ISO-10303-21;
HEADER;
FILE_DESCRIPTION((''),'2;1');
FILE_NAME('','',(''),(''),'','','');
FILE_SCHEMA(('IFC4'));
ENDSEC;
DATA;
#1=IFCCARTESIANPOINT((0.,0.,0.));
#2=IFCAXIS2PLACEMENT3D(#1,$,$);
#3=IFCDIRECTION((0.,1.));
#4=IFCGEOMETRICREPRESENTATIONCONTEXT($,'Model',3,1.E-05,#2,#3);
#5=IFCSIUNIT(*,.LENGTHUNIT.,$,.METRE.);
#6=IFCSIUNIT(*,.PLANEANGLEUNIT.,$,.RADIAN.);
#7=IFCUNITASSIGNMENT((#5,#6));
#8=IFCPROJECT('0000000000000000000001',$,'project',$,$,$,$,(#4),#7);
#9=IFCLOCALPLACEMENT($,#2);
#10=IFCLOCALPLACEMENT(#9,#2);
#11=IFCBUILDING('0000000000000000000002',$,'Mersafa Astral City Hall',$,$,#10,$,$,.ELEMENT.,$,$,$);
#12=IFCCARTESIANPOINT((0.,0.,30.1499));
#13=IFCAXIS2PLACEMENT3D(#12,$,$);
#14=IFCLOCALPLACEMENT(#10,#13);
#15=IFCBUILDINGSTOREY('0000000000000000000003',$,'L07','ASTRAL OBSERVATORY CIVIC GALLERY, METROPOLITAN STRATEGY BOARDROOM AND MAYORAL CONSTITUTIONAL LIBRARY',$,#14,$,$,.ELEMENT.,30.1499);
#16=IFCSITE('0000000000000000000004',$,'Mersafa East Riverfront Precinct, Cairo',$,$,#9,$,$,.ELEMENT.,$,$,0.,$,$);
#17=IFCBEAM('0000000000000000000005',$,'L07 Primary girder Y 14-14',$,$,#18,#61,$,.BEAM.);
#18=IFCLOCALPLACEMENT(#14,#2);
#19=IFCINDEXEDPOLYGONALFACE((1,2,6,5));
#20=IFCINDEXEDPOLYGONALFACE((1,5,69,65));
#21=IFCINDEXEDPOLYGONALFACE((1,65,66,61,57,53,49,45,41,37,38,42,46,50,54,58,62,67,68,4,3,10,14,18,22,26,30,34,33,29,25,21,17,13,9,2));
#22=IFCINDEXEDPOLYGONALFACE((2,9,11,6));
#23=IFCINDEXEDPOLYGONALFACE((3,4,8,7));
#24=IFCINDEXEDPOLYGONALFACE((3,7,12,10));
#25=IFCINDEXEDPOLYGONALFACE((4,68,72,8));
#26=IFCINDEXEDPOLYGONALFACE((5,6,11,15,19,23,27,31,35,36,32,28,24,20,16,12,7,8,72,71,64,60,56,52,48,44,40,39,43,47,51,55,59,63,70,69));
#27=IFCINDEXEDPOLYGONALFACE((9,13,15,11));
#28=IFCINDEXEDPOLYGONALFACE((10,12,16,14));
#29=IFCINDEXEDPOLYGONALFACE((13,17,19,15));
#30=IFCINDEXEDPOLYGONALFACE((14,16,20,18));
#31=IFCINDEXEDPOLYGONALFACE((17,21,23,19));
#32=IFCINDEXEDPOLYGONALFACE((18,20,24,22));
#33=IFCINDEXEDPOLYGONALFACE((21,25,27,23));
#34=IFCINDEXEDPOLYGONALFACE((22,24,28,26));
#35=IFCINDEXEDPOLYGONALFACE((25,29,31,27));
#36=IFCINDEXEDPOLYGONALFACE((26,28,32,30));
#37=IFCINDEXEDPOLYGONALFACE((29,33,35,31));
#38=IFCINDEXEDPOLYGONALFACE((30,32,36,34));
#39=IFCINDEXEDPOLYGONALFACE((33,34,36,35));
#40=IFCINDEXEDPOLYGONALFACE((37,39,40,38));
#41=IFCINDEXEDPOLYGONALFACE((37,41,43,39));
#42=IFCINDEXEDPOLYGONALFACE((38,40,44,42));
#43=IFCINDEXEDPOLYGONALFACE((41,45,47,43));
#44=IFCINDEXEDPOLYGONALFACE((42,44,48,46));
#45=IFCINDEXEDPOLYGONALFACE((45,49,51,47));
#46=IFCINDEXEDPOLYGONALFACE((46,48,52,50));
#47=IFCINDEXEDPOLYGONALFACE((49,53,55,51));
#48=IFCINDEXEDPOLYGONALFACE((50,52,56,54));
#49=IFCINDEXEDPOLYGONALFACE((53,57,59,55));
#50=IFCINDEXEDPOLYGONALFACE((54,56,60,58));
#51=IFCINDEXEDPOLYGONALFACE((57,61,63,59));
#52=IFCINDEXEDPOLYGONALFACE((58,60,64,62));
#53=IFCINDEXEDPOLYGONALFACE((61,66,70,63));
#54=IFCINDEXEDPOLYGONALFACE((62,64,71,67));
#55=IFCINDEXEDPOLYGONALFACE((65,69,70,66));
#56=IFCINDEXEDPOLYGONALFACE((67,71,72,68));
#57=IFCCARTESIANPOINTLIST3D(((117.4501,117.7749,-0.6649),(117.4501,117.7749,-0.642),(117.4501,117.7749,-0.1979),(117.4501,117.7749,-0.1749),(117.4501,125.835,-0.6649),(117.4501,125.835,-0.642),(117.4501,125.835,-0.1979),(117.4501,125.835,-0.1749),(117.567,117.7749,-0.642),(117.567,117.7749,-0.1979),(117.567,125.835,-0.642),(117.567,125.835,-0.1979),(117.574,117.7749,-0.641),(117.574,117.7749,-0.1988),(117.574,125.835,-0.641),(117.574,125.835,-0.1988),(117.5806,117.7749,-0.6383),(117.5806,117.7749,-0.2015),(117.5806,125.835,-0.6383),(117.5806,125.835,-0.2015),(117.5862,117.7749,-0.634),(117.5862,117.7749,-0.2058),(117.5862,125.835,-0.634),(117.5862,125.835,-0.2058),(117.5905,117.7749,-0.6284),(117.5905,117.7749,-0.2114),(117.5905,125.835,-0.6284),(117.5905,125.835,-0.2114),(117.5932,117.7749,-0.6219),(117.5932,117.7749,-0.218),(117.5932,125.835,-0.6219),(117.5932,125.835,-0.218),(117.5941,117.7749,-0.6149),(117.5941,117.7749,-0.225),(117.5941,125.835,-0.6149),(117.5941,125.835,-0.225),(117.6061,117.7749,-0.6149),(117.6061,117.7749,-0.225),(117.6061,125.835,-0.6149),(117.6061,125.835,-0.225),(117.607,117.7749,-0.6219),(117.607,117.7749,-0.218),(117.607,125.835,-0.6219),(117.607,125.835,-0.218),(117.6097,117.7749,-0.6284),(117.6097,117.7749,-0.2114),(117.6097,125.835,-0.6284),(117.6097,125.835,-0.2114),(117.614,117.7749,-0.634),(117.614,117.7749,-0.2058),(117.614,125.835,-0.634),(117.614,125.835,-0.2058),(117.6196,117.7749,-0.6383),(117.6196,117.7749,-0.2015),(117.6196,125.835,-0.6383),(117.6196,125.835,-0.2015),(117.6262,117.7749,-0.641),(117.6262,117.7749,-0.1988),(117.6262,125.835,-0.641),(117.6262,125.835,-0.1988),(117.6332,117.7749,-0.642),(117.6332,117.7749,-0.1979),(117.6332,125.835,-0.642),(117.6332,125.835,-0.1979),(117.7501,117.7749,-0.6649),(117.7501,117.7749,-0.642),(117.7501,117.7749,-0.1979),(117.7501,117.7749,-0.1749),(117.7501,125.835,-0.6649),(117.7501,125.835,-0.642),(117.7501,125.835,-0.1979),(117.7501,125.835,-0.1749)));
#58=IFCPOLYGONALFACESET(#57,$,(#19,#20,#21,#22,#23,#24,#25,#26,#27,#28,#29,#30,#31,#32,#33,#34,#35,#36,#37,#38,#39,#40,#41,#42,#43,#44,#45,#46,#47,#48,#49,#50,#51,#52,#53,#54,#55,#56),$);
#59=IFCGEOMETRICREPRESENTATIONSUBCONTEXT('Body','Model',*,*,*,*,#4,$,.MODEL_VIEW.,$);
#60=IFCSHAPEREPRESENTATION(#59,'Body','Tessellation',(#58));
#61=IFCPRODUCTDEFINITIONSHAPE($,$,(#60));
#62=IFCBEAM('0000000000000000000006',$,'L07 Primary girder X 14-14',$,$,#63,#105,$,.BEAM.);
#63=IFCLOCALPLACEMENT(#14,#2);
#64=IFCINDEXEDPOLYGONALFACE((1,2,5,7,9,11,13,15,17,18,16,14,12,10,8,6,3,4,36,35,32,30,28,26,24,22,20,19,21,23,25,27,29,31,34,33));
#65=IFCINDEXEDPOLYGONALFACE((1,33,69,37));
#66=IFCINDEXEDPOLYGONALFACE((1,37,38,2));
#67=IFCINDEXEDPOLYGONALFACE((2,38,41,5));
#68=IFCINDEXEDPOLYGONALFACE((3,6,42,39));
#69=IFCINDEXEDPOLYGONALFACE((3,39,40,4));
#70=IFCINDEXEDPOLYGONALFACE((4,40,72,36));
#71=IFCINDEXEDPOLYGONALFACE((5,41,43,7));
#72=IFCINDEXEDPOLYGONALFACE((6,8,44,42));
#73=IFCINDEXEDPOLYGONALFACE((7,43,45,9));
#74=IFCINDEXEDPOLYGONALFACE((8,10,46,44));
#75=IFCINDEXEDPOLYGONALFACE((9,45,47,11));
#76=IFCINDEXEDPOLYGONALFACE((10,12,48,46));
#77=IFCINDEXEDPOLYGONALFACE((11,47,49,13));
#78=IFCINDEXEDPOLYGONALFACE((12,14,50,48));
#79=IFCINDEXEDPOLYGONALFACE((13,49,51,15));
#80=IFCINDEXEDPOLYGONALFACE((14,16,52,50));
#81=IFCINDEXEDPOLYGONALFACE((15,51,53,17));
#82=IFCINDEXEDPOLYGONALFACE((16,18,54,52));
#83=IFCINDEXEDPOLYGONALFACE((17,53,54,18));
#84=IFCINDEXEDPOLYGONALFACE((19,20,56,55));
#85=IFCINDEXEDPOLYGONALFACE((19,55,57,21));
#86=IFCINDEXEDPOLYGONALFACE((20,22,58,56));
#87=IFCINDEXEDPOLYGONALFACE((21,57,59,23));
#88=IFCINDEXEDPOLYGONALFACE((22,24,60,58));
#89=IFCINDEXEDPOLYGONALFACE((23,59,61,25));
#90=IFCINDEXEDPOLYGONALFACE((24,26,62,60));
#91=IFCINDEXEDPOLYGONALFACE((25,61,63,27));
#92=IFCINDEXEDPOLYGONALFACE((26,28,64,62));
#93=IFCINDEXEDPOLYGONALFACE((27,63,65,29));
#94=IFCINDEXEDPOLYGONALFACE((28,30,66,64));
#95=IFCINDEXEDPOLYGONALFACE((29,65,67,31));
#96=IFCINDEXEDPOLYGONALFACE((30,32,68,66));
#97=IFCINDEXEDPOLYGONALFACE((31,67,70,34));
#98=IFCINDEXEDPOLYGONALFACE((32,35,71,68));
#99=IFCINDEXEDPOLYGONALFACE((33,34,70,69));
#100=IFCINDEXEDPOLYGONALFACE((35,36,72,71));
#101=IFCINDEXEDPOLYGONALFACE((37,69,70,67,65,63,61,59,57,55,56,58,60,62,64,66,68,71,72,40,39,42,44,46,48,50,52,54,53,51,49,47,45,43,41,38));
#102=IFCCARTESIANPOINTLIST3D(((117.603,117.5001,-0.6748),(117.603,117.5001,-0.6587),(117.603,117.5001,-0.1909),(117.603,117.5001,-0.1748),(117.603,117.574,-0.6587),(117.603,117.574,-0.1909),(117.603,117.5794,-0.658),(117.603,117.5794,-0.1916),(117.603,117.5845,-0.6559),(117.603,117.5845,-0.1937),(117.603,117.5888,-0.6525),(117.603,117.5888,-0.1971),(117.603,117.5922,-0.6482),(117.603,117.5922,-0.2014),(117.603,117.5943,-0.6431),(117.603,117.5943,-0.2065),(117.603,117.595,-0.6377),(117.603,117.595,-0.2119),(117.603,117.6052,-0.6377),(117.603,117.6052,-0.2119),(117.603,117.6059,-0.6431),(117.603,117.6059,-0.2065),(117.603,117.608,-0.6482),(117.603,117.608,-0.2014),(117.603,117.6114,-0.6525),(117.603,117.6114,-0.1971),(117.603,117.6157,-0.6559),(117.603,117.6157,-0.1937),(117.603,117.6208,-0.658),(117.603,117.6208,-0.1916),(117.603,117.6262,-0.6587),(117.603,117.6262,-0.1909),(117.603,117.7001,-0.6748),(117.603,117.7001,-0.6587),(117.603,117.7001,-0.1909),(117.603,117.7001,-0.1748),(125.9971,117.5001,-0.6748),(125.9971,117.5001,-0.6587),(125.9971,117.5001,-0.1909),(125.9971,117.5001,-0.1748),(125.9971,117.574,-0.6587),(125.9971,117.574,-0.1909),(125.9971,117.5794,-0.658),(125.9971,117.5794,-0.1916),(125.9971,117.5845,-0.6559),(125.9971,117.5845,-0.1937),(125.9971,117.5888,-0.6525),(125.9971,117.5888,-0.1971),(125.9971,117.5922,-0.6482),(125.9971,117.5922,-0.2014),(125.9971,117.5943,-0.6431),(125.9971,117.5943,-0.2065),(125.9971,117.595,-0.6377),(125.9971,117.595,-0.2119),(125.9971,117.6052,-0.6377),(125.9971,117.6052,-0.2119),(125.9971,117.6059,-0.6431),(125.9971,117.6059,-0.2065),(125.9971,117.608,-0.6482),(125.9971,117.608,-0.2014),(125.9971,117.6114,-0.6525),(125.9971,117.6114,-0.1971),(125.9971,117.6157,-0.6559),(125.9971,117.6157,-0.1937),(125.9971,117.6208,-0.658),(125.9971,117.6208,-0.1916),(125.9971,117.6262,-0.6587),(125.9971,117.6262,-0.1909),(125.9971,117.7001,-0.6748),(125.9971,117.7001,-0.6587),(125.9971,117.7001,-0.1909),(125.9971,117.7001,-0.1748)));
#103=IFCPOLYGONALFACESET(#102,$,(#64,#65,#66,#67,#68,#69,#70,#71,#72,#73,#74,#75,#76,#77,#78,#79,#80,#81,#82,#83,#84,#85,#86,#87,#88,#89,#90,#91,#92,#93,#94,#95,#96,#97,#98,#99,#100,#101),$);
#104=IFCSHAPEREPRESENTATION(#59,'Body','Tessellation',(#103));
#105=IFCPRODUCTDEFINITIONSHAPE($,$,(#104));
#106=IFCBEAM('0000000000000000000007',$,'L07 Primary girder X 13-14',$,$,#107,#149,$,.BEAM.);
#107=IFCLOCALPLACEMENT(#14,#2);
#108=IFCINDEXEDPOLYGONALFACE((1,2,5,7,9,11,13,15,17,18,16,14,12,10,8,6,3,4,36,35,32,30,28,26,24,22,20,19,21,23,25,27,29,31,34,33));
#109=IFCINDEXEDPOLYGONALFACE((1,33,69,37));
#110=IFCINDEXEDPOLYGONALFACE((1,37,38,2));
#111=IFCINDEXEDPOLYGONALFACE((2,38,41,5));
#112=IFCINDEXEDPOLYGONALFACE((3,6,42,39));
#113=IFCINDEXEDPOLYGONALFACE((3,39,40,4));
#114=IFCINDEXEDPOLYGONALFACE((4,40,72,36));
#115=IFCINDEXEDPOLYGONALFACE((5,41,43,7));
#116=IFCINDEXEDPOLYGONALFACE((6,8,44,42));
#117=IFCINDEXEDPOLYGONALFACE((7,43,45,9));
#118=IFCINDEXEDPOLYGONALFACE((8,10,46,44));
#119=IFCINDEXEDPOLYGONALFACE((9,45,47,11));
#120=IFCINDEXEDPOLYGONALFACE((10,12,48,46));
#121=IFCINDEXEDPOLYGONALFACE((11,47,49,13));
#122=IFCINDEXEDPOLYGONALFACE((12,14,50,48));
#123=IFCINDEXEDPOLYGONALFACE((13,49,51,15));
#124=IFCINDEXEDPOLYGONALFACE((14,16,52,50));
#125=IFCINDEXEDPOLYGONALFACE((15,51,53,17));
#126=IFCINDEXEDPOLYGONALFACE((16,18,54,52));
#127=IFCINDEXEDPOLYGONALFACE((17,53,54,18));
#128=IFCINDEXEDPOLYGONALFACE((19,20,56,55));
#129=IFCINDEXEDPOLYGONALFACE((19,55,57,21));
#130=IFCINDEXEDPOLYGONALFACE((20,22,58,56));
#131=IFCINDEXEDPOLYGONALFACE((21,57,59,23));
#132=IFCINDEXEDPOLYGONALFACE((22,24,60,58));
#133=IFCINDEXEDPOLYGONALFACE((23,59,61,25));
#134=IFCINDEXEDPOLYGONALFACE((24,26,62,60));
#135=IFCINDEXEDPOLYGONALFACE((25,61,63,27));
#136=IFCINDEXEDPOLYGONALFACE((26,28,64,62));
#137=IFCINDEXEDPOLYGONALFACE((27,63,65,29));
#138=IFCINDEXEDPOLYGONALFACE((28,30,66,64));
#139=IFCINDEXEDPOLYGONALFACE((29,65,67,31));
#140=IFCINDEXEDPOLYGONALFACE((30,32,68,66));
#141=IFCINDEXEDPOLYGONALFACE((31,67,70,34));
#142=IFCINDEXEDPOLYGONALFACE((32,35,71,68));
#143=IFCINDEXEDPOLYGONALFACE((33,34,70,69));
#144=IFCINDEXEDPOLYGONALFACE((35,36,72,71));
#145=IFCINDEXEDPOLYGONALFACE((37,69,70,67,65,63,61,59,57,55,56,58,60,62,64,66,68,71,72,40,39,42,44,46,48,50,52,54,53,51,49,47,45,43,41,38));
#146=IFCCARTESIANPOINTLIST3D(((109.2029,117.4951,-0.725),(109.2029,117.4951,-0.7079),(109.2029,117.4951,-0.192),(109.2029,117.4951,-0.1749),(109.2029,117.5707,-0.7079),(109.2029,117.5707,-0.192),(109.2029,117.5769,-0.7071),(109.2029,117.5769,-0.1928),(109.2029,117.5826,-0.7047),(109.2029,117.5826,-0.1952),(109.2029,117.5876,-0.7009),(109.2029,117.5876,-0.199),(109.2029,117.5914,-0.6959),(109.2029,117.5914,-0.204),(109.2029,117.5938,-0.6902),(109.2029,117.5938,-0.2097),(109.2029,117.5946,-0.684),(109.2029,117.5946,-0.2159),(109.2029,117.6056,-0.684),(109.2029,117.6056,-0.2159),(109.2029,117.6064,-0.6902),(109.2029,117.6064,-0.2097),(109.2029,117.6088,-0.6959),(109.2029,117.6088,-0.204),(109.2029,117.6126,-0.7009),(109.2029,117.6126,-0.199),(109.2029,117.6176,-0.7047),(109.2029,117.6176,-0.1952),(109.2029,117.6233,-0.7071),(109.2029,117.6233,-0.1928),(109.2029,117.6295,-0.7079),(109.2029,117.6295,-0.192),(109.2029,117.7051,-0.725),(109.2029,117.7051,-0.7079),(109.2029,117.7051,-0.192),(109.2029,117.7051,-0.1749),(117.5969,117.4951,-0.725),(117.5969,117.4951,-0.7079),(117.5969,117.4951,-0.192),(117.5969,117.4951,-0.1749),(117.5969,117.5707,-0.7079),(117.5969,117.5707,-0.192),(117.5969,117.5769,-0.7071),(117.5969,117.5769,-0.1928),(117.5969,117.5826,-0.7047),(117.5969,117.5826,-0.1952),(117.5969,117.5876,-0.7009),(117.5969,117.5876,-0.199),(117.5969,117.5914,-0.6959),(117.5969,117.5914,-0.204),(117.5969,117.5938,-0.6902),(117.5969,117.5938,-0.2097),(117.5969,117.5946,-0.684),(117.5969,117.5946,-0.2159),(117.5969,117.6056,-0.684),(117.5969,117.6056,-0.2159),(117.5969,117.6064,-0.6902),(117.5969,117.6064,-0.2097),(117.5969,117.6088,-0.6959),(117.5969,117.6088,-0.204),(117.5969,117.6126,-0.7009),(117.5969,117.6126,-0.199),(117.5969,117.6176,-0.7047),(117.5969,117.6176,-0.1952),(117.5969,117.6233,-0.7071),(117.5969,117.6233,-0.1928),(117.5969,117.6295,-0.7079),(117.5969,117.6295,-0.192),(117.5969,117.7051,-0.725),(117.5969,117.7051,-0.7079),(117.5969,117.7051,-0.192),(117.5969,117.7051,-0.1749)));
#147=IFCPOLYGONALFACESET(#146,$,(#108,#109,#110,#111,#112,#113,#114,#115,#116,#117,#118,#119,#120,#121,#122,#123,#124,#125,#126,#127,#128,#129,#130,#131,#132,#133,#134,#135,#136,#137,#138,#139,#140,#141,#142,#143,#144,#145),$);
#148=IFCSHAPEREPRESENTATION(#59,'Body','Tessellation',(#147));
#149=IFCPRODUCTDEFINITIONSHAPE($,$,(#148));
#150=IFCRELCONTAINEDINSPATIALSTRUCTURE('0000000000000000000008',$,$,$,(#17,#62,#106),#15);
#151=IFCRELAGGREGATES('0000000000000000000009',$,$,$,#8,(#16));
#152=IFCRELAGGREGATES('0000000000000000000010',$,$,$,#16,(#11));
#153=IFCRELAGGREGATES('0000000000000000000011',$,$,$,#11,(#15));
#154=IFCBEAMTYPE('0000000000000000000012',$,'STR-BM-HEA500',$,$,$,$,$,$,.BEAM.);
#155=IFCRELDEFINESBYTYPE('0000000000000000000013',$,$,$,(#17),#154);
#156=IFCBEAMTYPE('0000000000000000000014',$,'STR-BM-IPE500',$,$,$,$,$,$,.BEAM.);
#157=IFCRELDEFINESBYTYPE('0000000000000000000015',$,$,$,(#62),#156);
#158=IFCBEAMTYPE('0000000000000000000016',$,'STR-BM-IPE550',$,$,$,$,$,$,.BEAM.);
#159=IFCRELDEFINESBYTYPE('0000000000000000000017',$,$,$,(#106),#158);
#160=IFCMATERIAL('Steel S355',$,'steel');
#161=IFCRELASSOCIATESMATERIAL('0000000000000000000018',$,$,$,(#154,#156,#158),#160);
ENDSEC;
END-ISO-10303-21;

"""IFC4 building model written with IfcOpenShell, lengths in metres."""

from ifc_helpers import new_model, si_unit, direction, frame, origin, origin_2d, place, context, subcontext, project, spatial, i_section, extrude, material, material_profile, profile_set, type_object, element, save


model = new_model("IFC4")

# Units and contexts
model_context = context("Model", 3, precision=1e-05, world=origin(), true_north=direction((0.0, 1.0)))
body_context = subcontext(model_context, "Body", "Model", "MODEL_VIEW")
ifc_project = project(units=[si_unit("LENGTHUNIT", "METRE"), si_unit("PLANEANGLEUNIT", "RADIAN")], contexts=[model_context])

# Site, building, storey
site_placement = place(None, origin())
site = spatial("IfcSite", under=ifc_project, at=site_placement, Name="Mersafa East Riverfront Precinct, Cairo", CompositionType="ELEMENT", RefElevation=0.0)
building_placement = place(site_placement, origin())
building = spatial("IfcBuilding", under=site, at=building_placement, Name="Mersafa Astral City Hall", CompositionType="ELEMENT")
storey_placement = place(building_placement, frame((0.0, 0.0, 30.1499)))
storey = spatial("IfcBuildingStorey", under=building, at=storey_placement, Name="L07", Description="ASTRAL OBSERVATORY CIVIC GALLERY, METROPOLITAN STRATEGY BOARDROOM AND MAYORAL CONSTITUTIONAL LIBRARY", CompositionType="ELEMENT", Elevation=30.1499)

# Shared definitions
ifc_material_1 = material(Name="Steel S355", Category="steel")

# Beams
ifc_material_profile_1 = material_profile(ifc_material_1, i_section(OverallWidth=0.3, OverallDepth=0.49, WebThickness=0.012, FlangeThickness=0.0229, FilletRadius=0.0271, at=origin_2d()), Name="HEA 500")
ifc_profile_set_1 = profile_set([ifc_material_profile_1], Name="Steel S355")
beam_type_1 = type_object("IfcBeamType", Name="STR-BM-HEA500", PredefinedType="BEAM", material=ifc_profile_set_1)
beam_1_placement = place(storey_placement, frame((117.6001, 117.7749, -0.4199), z_axis=(0.0, 1.0, 0.0), x_axis=(-1.0, 0.0, 0.0)))
element("IfcBeam", 1, at=beam_1_placement, inside=storey, type_object=beam_type_1, Name="L07 Primary girder Y 14-14", PredefinedType="BEAM", context=body_context, shape_type="SweptSolid", body=[
    extrude(i_section(OverallWidth=0.3, OverallDepth=0.49, WebThickness=0.012, FlangeThickness=0.0229, FilletRadius=0.0271, at=origin_2d()), origin(), (0.0, 0.0, 1.0), 8.0601),
])
ifc_material_profile_2 = material_profile(ifc_material_1, i_section(OverallWidth=0.2, OverallDepth=0.5, WebThickness=0.0103, FlangeThickness=0.0161, FilletRadius=0.021, at=origin_2d()), Name="IPE 500")
ifc_profile_set_2 = profile_set([ifc_material_profile_2], Name="Steel S355")
beam_type_2 = type_object("IfcBeamType", Name="STR-BM-IPE500", PredefinedType="BEAM", material=ifc_profile_set_2)
beam_2_placement = place(storey_placement, frame((117.603, 117.6001, -0.4248), z_axis=(1.0, 0.0, 0.0), x_axis=(0.0, 1.0, 0.0)))
element("IfcBeam", 2, at=beam_2_placement, inside=storey, type_object=beam_type_2, Name="L07 Primary girder X 14-14", PredefinedType="BEAM", context=body_context, shape_type="SweptSolid", body=[
    extrude(i_section(OverallWidth=0.2, OverallDepth=0.5, WebThickness=0.0103, FlangeThickness=0.0161, FilletRadius=0.021, at=origin_2d()), origin(), (0.0, 0.0, 1.0), 8.394),
])
ifc_material_profile_3 = material_profile(ifc_material_1, i_section(OverallWidth=0.21, OverallDepth=0.55, WebThickness=0.011, FlangeThickness=0.0171, FilletRadius=0.0239, at=origin_2d()), Name="IPE 550")
ifc_profile_set_3 = profile_set([ifc_material_profile_3], Name="Steel S355")
beam_type_3 = type_object("IfcBeamType", Name="STR-BM-IPE550", PredefinedType="BEAM", material=ifc_profile_set_3)
beam_3_placement = place(storey_placement, frame((109.2029, 117.6001, -0.45), z_axis=(1.0, 0.0, 0.0), x_axis=(0.0, 1.0, 0.0)))
element("IfcBeam", 3, at=beam_3_placement, inside=storey, type_object=beam_type_3, Name="L07 Primary girder X 13-14", PredefinedType="BEAM", context=body_context, shape_type="SweptSolid", body=[
    extrude(i_section(OverallWidth=0.21, OverallDepth=0.55, WebThickness=0.011, FlangeThickness=0.0171, FilletRadius=0.0239, at=origin_2d()), origin(), (0.0, 0.0, 1.0), 8.394),
])

save(model, "model.ifc")
